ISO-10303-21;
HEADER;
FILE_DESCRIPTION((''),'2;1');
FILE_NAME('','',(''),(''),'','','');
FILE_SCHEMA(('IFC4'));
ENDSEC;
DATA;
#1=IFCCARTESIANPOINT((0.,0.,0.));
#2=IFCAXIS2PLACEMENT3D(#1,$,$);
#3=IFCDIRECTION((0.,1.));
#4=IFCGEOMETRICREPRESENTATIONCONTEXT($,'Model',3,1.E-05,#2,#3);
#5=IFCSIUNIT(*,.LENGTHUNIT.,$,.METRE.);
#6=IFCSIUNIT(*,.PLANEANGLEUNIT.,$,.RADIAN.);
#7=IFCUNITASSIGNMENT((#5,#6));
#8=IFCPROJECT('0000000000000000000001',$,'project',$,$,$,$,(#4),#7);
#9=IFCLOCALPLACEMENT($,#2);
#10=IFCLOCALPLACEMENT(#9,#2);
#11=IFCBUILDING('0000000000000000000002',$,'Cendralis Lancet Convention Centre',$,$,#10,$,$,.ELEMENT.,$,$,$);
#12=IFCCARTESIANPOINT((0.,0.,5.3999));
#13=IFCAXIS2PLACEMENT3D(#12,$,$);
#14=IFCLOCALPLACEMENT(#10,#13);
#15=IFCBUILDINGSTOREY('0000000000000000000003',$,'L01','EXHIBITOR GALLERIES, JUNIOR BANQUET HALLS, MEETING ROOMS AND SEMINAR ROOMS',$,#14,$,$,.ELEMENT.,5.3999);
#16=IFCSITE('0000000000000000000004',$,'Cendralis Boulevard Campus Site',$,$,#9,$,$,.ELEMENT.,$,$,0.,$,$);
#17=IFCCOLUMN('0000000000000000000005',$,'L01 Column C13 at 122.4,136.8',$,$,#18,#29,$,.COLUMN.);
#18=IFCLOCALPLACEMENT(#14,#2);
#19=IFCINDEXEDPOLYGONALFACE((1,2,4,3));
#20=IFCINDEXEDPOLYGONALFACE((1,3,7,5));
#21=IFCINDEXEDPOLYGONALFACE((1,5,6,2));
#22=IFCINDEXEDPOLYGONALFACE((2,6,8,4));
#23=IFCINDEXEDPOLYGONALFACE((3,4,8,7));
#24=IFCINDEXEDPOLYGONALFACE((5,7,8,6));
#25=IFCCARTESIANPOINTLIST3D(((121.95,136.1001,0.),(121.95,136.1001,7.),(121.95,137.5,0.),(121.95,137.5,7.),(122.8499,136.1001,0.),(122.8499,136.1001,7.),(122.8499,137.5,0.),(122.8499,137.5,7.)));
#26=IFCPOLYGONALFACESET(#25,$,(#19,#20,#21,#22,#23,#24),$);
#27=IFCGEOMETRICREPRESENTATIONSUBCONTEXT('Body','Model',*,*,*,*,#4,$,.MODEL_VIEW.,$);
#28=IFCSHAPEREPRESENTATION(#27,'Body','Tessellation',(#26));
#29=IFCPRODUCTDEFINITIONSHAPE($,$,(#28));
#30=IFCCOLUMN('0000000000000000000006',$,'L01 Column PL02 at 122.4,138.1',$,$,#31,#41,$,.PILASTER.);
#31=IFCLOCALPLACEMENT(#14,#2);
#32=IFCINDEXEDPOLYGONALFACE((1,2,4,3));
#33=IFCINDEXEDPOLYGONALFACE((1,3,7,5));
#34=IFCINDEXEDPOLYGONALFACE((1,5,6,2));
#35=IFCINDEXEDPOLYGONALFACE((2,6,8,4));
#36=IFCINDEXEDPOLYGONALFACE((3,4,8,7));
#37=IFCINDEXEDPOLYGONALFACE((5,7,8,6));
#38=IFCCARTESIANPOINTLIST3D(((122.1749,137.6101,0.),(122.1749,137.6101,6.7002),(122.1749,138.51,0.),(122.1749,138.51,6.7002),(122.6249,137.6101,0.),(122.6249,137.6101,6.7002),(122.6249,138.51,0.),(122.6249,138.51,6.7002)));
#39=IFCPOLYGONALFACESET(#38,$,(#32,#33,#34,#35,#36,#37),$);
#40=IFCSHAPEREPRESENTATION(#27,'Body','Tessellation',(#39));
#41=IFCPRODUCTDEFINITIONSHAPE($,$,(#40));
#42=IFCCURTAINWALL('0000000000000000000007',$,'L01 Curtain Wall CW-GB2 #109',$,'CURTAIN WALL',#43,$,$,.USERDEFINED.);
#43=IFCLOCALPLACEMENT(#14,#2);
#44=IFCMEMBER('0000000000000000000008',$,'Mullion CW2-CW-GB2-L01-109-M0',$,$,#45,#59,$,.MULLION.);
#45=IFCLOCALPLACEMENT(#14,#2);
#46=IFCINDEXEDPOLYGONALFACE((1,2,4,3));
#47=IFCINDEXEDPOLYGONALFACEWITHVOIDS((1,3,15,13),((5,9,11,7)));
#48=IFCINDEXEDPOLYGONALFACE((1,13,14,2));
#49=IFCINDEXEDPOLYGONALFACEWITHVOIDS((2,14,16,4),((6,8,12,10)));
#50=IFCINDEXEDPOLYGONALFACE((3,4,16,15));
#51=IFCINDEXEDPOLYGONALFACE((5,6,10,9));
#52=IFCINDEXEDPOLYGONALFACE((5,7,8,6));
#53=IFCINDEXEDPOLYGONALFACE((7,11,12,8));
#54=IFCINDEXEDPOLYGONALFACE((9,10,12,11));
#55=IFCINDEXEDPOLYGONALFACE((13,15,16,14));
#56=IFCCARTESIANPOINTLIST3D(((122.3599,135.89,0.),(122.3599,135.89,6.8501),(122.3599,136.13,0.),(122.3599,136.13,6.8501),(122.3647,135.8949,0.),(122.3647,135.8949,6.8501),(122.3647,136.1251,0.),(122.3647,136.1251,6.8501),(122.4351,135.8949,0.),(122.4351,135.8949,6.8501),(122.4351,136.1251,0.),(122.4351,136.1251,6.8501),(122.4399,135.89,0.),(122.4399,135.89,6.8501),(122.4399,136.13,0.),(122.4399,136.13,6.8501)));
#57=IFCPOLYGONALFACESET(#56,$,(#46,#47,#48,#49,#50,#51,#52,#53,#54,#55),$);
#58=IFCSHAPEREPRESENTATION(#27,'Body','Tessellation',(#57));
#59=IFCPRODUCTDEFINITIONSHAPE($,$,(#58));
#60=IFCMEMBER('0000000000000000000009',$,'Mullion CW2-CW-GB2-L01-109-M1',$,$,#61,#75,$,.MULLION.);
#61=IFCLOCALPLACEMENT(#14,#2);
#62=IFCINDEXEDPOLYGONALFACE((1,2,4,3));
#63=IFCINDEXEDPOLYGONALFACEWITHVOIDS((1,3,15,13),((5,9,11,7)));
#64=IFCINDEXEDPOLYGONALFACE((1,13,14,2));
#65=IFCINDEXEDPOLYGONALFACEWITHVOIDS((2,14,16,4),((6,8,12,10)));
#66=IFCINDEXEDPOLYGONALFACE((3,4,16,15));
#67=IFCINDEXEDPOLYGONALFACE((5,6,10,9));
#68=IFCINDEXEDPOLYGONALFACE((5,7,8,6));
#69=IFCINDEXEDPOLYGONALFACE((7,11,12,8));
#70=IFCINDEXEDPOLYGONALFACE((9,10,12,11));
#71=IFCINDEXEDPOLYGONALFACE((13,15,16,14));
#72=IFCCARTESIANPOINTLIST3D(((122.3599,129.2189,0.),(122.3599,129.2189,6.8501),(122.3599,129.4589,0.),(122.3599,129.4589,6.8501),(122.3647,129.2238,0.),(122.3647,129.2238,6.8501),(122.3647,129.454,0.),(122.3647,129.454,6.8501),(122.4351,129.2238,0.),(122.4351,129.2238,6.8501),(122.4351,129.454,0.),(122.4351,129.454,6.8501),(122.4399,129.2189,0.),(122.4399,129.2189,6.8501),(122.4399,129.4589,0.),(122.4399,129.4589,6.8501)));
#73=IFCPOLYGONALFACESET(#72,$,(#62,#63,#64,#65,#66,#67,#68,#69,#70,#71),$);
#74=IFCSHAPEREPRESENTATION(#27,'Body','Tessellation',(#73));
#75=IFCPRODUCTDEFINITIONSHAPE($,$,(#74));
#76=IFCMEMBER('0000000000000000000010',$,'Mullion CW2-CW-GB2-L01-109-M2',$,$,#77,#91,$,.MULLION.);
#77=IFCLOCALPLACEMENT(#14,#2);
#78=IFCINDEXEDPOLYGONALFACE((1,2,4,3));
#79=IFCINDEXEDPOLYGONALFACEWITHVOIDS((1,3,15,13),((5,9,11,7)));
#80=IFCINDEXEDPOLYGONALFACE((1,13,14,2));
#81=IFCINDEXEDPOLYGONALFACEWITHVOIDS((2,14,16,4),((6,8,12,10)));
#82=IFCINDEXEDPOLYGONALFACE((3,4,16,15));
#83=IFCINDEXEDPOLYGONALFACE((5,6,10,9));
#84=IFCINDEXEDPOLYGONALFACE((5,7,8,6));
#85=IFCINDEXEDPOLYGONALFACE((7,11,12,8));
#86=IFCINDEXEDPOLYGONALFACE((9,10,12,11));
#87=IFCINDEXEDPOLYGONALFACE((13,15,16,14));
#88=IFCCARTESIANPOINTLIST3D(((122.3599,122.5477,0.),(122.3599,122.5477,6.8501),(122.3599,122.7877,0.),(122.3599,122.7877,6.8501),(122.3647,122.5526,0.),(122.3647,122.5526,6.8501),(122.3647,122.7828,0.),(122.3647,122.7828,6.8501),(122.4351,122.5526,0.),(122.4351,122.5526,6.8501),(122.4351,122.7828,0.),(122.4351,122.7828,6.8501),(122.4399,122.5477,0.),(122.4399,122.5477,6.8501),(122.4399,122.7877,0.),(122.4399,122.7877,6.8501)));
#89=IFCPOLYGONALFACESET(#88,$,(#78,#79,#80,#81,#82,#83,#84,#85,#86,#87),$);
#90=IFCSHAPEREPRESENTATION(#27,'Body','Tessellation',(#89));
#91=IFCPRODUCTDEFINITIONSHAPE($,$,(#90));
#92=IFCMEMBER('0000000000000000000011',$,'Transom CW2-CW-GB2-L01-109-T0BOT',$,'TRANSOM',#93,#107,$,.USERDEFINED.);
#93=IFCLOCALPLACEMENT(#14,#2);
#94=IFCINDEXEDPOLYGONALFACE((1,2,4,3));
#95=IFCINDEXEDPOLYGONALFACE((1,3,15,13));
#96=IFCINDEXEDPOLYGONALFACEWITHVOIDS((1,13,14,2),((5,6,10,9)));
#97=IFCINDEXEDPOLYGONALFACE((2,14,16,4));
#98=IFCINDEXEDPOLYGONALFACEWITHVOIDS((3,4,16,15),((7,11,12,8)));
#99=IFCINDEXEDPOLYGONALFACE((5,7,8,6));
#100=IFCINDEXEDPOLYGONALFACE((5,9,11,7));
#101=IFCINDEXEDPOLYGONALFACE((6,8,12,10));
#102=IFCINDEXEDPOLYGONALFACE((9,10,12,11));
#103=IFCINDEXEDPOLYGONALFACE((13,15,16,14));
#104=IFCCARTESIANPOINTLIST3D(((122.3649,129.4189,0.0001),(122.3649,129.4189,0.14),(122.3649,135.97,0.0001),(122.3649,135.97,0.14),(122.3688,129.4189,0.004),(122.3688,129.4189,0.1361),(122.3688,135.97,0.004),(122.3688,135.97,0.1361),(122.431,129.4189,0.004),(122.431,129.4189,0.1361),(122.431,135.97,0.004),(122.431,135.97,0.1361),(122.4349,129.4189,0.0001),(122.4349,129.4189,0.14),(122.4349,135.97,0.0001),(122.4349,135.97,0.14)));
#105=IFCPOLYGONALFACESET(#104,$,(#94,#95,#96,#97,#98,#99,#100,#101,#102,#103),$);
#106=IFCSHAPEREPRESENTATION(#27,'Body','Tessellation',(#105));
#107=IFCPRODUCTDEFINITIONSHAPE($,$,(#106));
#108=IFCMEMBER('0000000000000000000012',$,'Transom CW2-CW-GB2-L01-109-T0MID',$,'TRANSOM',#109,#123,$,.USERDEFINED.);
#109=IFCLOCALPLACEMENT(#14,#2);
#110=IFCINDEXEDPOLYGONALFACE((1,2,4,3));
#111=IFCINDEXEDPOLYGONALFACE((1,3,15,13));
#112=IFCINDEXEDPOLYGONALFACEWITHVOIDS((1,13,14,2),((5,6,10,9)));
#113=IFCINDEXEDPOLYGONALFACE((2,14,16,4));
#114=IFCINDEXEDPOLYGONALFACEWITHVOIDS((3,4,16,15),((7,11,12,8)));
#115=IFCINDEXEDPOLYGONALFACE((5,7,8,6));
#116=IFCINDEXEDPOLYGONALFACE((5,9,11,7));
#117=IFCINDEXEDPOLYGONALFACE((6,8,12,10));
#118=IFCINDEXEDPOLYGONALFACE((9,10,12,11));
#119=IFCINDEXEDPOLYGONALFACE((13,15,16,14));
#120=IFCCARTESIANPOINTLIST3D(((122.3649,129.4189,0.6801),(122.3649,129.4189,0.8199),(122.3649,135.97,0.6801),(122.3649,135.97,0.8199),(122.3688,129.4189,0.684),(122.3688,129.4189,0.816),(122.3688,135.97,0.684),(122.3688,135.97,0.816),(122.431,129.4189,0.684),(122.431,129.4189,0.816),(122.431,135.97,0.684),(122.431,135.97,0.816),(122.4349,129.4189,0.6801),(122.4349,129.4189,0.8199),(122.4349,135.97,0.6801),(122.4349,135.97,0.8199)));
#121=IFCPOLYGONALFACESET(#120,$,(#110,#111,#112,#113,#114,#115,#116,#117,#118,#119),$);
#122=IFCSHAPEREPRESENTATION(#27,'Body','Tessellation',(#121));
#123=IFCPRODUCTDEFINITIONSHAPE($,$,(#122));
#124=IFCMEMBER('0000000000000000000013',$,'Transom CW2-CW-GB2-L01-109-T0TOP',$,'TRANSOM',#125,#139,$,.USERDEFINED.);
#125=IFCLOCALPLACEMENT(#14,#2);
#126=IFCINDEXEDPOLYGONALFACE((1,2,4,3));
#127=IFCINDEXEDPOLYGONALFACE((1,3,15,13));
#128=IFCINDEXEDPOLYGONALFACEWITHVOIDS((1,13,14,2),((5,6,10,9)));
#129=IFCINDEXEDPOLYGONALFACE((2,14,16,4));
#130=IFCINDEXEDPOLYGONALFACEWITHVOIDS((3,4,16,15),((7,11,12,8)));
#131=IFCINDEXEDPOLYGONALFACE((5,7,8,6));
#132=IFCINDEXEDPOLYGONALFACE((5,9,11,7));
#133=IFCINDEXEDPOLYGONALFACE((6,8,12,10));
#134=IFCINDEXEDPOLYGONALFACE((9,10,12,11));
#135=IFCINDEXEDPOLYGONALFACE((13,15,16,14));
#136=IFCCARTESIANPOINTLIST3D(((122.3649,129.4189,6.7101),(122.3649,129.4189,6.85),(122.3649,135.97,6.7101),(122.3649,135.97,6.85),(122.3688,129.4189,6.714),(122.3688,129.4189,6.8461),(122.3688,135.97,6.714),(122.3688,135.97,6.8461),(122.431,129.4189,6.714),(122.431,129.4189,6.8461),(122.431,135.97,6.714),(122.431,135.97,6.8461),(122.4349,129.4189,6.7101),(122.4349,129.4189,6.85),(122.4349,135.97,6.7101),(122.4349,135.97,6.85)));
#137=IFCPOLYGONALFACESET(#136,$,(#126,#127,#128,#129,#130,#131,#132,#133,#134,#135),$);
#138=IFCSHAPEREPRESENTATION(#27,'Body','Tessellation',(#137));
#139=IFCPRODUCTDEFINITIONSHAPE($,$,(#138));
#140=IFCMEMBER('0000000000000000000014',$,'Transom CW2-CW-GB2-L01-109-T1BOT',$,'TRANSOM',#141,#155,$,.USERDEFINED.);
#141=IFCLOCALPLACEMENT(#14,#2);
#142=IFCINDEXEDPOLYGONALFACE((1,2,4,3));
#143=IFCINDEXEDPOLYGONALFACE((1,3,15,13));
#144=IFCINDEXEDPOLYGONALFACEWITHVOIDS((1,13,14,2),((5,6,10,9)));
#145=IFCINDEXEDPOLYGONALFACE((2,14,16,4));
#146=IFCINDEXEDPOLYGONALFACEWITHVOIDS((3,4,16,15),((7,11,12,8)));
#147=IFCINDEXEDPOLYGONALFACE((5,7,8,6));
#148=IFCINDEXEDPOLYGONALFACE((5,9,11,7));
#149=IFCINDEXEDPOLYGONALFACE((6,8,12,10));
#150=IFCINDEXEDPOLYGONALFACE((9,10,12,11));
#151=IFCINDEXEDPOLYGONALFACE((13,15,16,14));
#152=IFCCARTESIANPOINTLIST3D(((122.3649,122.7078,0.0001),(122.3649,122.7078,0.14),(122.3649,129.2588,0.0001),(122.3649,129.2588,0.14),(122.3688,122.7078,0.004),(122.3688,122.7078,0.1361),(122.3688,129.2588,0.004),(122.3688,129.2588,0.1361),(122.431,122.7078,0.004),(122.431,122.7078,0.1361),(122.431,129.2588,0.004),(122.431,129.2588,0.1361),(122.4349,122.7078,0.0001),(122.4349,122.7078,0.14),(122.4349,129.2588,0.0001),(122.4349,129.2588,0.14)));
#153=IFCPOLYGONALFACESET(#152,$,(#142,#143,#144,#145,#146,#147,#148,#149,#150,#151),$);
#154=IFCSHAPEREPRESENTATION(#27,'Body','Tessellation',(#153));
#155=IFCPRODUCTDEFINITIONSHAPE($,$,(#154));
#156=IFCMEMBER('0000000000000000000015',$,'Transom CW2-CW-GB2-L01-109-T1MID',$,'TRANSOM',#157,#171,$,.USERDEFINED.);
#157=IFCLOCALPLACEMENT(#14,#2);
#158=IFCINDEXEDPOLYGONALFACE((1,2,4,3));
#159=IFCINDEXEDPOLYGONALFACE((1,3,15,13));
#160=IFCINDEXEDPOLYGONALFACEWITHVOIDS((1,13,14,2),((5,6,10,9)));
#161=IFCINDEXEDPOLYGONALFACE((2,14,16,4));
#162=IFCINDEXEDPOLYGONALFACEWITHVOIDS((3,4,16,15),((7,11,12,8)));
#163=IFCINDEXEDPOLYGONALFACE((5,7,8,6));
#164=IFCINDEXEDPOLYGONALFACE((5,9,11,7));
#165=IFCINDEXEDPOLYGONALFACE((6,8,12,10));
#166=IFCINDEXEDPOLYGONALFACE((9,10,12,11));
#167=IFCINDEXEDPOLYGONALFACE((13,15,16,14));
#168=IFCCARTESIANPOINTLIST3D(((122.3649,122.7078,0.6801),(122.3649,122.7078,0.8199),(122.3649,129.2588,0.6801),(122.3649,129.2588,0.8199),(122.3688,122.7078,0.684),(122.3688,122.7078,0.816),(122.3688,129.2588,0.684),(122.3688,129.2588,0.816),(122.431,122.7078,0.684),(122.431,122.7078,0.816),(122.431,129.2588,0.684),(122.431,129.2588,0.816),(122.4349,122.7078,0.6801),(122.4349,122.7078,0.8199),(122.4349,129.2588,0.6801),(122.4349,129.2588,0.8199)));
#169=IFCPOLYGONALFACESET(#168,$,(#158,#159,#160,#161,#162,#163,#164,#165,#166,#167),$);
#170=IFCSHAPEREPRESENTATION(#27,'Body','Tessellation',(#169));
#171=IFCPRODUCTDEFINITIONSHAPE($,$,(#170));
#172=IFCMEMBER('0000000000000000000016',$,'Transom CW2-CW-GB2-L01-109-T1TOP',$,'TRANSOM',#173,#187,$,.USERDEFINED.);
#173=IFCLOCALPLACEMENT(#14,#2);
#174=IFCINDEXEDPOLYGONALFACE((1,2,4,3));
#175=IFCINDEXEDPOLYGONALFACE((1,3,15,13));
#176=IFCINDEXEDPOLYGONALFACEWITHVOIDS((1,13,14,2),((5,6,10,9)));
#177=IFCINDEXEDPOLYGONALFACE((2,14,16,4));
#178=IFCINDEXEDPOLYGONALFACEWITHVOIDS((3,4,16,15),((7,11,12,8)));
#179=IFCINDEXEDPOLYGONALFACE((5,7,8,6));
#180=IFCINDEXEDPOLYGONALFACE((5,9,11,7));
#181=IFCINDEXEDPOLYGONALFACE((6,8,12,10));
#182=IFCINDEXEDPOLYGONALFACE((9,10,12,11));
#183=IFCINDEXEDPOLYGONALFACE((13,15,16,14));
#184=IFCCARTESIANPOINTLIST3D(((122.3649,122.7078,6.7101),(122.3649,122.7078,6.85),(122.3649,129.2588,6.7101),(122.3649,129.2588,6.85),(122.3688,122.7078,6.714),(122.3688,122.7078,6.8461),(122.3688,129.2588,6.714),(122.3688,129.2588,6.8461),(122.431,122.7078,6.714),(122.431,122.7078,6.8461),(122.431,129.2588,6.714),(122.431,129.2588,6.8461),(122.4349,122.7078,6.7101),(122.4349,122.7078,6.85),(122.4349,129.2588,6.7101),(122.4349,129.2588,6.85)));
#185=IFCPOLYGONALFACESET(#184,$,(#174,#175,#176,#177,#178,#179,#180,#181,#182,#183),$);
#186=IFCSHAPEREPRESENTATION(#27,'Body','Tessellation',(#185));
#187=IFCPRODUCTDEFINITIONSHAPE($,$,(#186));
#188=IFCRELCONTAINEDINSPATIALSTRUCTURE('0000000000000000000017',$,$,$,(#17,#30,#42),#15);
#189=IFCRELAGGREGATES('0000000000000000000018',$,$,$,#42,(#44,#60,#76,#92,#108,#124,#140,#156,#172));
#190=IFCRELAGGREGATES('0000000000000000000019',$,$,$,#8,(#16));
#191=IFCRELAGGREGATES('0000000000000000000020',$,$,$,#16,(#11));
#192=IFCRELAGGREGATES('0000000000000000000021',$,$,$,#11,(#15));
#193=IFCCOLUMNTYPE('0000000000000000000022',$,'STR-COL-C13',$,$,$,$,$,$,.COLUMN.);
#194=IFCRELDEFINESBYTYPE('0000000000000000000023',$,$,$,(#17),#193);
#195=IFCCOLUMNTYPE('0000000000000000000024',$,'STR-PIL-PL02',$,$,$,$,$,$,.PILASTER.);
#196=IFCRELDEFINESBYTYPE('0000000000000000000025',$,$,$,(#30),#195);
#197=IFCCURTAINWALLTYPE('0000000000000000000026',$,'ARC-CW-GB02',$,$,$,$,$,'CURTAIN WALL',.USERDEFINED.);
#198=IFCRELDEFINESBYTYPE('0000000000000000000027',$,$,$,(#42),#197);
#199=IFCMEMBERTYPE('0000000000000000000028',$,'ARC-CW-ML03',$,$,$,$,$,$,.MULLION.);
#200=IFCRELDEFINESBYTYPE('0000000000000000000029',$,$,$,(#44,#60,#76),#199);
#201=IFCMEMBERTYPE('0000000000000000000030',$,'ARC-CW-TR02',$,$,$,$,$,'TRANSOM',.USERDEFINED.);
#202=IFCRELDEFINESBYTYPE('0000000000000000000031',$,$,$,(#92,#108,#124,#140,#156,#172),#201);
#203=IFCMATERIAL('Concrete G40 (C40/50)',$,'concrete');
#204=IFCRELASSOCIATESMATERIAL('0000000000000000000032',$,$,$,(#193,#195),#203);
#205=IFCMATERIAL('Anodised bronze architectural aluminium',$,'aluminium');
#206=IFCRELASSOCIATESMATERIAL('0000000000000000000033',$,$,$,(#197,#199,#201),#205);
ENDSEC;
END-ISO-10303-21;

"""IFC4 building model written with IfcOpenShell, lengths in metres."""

from ifc_helpers import new_model, si_unit, direction, frame, origin, origin_2d, place, context, subcontext, project, spatial, rectangle, hollow_rectangle, extrude, material, material_profile, profile_set, type_object, element, aggregate, save


model = new_model("IFC4")

# Units and contexts
model_context = context("Model", 3, precision=1e-05, world=origin(), true_north=direction((0.0, 1.0)))
body_context = subcontext(model_context, "Body", "Model", "MODEL_VIEW")
ifc_project = project(units=[si_unit("LENGTHUNIT", "METRE"), si_unit("PLANEANGLEUNIT", "RADIAN")], contexts=[model_context])

# Site, building, storey
site_placement = place(None, origin())
site = spatial("IfcSite", under=ifc_project, at=site_placement, Name="Cendralis Boulevard Campus Site", CompositionType="ELEMENT", RefElevation=0.0)
building_placement = place(site_placement, origin())
building = spatial("IfcBuilding", under=site, at=building_placement, Name="Cendralis Lancet Convention Centre", CompositionType="ELEMENT")
storey_placement = place(building_placement, frame((0.0, 0.0, 5.3999)))
storey = spatial("IfcBuildingStorey", under=building, at=storey_placement, Name="L01", Description="EXHIBITOR GALLERIES, JUNIOR BANQUET HALLS, MEETING ROOMS AND SEMINAR ROOMS", CompositionType="ELEMENT", Elevation=5.3999)

# Columns
ifc_material_1 = material(Name="Concrete G40 (C40/50)", Category="concrete")
ifc_material_profile_1 = material_profile(ifc_material_1, rectangle(XDim=0.8999, YDim=1.3999, at=origin_2d()), Name="RC 900x1400")
ifc_profile_set_1 = profile_set([ifc_material_profile_1], Name="Concrete G40 (C40/50)")
column_type_1 = type_object("IfcColumnType", Name="STR-COL-C13", PredefinedType="COLUMN", material=ifc_profile_set_1)
column_1_placement = place(storey_placement, frame((122.3999, 136.8, 0.0), z_axis=(0.0, 0.0, 1.0), x_axis=(1.0, 0.0, 0.0)))
element("IfcColumn", 1, at=column_1_placement, inside=storey, type_object=column_type_1, Name="L01 Column C13 at 122.4,136.8", PredefinedType="COLUMN", context=body_context, shape_type="SweptSolid", body=[
    extrude(rectangle(XDim=0.8999, YDim=1.3999, at=origin_2d()), origin(), (0.0, 0.0, 1.0), 7.0),
])
ifc_material_profile_2 = material_profile(ifc_material_1, rectangle(XDim=0.45, YDim=0.8999, at=origin_2d()), Name="RC 450x900")
ifc_profile_set_2 = profile_set([ifc_material_profile_2], Name="Concrete G40 (C40/50)")
column_type_2 = type_object("IfcColumnType", Name="STR-PIL-PL02", PredefinedType="PILASTER", material=ifc_profile_set_2)
column_2_placement = place(storey_placement, frame((122.3999, 138.0601, 0.0), z_axis=(0.0, 0.0, 1.0), x_axis=(1.0, 0.0, 0.0)))
element("IfcColumn", 2, at=column_2_placement, inside=storey, type_object=column_type_2, Name="L01 Column PL02 at 122.4,138.1", PredefinedType="PILASTER", context=body_context, shape_type="SweptSolid", body=[
    extrude(rectangle(XDim=0.45, YDim=0.8999, at=origin_2d()), origin(), (0.0, 0.0, 1.0), 6.7002),
])

# Curtain wall, members
ifc_material_2 = material(Name="Anodised bronze architectural aluminium", Category="aluminium")
curtain_wall_type = type_object("IfcCurtainWallType", Name="ARC-CW-GB02", ElementType="CURTAIN WALL", PredefinedType="USERDEFINED", material=ifc_material_2)
curtain_wall_placement = place(storey_placement, origin())
curtain_wall = element("IfcCurtainWall", 3, at=curtain_wall_placement, inside=storey, type_object=curtain_wall_type, Name="L01 Curtain Wall CW-GB2 #109", ObjectType="CURTAIN WALL", PredefinedType="USERDEFINED")
ifc_material_profile_3 = material_profile(ifc_material_2, hollow_rectangle(XDim=0.0801, YDim=0.24, WallThickness=0.0049, at=origin_2d()), Name="AL-MULL 80x240x5.0")
ifc_profile_set_3 = profile_set([ifc_material_profile_3], Name="Anodised bronze architectural aluminium")
member_type_1 = type_object("IfcMemberType", Name="ARC-CW-ML03", PredefinedType="MULLION", material=ifc_profile_set_3)
member_1_placement = place(storey_placement, frame((122.3999, 136.01, 0.0), z_axis=(0.0, 0.0, 1.0), x_axis=(1.0, 0.0, 0.0)))
member_1 = element("IfcMember", 4, at=member_1_placement, type_object=member_type_1, Name="Mullion CW2-CW-GB2-L01-109-M0", PredefinedType="MULLION", context=body_context, shape_type="SweptSolid", body=[
    extrude(hollow_rectangle(XDim=0.0801, YDim=0.24, WallThickness=0.0049, at=origin_2d()), origin(), (0.0, 0.0, 1.0), 6.8501),
])
member_2_placement = place(storey_placement, frame((122.3999, 129.3389, 0.0), z_axis=(0.0, 0.0, 1.0), x_axis=(1.0, 0.0, 0.0)))
member_2 = element("IfcMember", 5, at=member_2_placement, type_object=member_type_1, Name="Mullion CW2-CW-GB2-L01-109-M1", PredefinedType="MULLION", context=body_context, shape_type="SweptSolid", body=[
    extrude(hollow_rectangle(XDim=0.0801, YDim=0.24, WallThickness=0.0049, at=origin_2d()), origin(), (0.0, 0.0, 1.0), 6.8501),
])
member_3_placement = place(storey_placement, frame((122.3999, 122.6677, 0.0), z_axis=(0.0, 0.0, 1.0), x_axis=(1.0, 0.0, 0.0)))
member_3 = element("IfcMember", 6, at=member_3_placement, type_object=member_type_1, Name="Mullion CW2-CW-GB2-L01-109-M2", PredefinedType="MULLION", context=body_context, shape_type="SweptSolid", body=[
    extrude(hollow_rectangle(XDim=0.0801, YDim=0.24, WallThickness=0.0049, at=origin_2d()), origin(), (0.0, 0.0, 1.0), 6.8501),
])
ifc_material_profile_4 = material_profile(ifc_material_2, hollow_rectangle(XDim=0.0701, YDim=0.1399, WallThickness=0.0039, at=origin_2d()), Name="AL-TRAN 70x140x4.0")
ifc_profile_set_4 = profile_set([ifc_material_profile_4], Name="Anodised bronze architectural aluminium")
member_type_2 = type_object("IfcMemberType", Name="ARC-CW-TR02", ElementType="TRANSOM", PredefinedType="USERDEFINED", material=ifc_profile_set_4)
member_4_placement = place(storey_placement, frame((122.3999, 135.97, 0.0701), z_axis=(0.0, -1.0, 0.0), x_axis=(1.0, 0.0, 0.0)))
member_4 = element("IfcMember", 7, at=member_4_placement, type_object=member_type_2, Name="Transom CW2-CW-GB2-L01-109-T0BOT", ObjectType="TRANSOM", PredefinedType="USERDEFINED", context=body_context, shape_type="SweptSolid", body=[
    extrude(hollow_rectangle(XDim=0.0701, YDim=0.1399, WallThickness=0.0039, at=origin_2d()), origin(), (0.0, 0.0, 1.0), 6.551),
])
member_5_placement = place(storey_placement, frame((122.3999, 135.97, 0.75), z_axis=(0.0, -1.0, 0.0), x_axis=(1.0, 0.0, 0.0)))
member_5 = element("IfcMember", 8, at=member_5_placement, type_object=member_type_2, Name="Transom CW2-CW-GB2-L01-109-T0MID", ObjectType="TRANSOM", PredefinedType="USERDEFINED", context=body_context, shape_type="SweptSolid", body=[
    extrude(hollow_rectangle(XDim=0.0701, YDim=0.1399, WallThickness=0.0039, at=origin_2d()), origin(), (0.0, 0.0, 1.0), 6.551),
])
member_6_placement = place(storey_placement, frame((122.3999, 135.97, 6.78), z_axis=(0.0, -1.0, 0.0), x_axis=(1.0, 0.0, 0.0)))
member_6 = element("IfcMember", 9, at=member_6_placement, type_object=member_type_2, Name="Transom CW2-CW-GB2-L01-109-T0TOP", ObjectType="TRANSOM", PredefinedType="USERDEFINED", context=body_context, shape_type="SweptSolid", body=[
    extrude(hollow_rectangle(XDim=0.0701, YDim=0.1399, WallThickness=0.0039, at=origin_2d()), origin(), (0.0, 0.0, 1.0), 6.551),
])
member_7_placement = place(storey_placement, frame((122.3999, 129.2588, 0.0701), z_axis=(0.0, -1.0, 0.0), x_axis=(1.0, 0.0, 0.0)))
member_7 = element("IfcMember", 10, at=member_7_placement, type_object=member_type_2, Name="Transom CW2-CW-GB2-L01-109-T1BOT", ObjectType="TRANSOM", PredefinedType="USERDEFINED", context=body_context, shape_type="SweptSolid", body=[
    extrude(hollow_rectangle(XDim=0.0701, YDim=0.1399, WallThickness=0.0039, at=origin_2d()), origin(), (0.0, 0.0, 1.0), 6.551),
])
member_8_placement = place(storey_placement, frame((122.3999, 129.2588, 0.75), z_axis=(0.0, -1.0, 0.0), x_axis=(1.0, 0.0, 0.0)))
member_8 = element("IfcMember", 11, at=member_8_placement, type_object=member_type_2, Name="Transom CW2-CW-GB2-L01-109-T1MID", ObjectType="TRANSOM", PredefinedType="USERDEFINED", context=body_context, shape_type="SweptSolid", body=[
    extrude(hollow_rectangle(XDim=0.0701, YDim=0.1399, WallThickness=0.0039, at=origin_2d()), origin(), (0.0, 0.0, 1.0), 6.551),
])
member_9_placement = place(storey_placement, frame((122.3999, 129.2588, 6.78), z_axis=(0.0, -1.0, 0.0), x_axis=(1.0, 0.0, 0.0)))
member_9 = element("IfcMember", 12, at=member_9_placement, type_object=member_type_2, Name="Transom CW2-CW-GB2-L01-109-T1TOP", ObjectType="TRANSOM", PredefinedType="USERDEFINED", context=body_context, shape_type="SweptSolid", body=[
    extrude(hollow_rectangle(XDim=0.0701, YDim=0.1399, WallThickness=0.0039, at=origin_2d()), origin(), (0.0, 0.0, 1.0), 6.551),
])

aggregate(curtain_wall, [member_1, member_2, member_3, member_4, member_5, member_6, member_7, member_8, member_9])

save(model, "model.ifc")
